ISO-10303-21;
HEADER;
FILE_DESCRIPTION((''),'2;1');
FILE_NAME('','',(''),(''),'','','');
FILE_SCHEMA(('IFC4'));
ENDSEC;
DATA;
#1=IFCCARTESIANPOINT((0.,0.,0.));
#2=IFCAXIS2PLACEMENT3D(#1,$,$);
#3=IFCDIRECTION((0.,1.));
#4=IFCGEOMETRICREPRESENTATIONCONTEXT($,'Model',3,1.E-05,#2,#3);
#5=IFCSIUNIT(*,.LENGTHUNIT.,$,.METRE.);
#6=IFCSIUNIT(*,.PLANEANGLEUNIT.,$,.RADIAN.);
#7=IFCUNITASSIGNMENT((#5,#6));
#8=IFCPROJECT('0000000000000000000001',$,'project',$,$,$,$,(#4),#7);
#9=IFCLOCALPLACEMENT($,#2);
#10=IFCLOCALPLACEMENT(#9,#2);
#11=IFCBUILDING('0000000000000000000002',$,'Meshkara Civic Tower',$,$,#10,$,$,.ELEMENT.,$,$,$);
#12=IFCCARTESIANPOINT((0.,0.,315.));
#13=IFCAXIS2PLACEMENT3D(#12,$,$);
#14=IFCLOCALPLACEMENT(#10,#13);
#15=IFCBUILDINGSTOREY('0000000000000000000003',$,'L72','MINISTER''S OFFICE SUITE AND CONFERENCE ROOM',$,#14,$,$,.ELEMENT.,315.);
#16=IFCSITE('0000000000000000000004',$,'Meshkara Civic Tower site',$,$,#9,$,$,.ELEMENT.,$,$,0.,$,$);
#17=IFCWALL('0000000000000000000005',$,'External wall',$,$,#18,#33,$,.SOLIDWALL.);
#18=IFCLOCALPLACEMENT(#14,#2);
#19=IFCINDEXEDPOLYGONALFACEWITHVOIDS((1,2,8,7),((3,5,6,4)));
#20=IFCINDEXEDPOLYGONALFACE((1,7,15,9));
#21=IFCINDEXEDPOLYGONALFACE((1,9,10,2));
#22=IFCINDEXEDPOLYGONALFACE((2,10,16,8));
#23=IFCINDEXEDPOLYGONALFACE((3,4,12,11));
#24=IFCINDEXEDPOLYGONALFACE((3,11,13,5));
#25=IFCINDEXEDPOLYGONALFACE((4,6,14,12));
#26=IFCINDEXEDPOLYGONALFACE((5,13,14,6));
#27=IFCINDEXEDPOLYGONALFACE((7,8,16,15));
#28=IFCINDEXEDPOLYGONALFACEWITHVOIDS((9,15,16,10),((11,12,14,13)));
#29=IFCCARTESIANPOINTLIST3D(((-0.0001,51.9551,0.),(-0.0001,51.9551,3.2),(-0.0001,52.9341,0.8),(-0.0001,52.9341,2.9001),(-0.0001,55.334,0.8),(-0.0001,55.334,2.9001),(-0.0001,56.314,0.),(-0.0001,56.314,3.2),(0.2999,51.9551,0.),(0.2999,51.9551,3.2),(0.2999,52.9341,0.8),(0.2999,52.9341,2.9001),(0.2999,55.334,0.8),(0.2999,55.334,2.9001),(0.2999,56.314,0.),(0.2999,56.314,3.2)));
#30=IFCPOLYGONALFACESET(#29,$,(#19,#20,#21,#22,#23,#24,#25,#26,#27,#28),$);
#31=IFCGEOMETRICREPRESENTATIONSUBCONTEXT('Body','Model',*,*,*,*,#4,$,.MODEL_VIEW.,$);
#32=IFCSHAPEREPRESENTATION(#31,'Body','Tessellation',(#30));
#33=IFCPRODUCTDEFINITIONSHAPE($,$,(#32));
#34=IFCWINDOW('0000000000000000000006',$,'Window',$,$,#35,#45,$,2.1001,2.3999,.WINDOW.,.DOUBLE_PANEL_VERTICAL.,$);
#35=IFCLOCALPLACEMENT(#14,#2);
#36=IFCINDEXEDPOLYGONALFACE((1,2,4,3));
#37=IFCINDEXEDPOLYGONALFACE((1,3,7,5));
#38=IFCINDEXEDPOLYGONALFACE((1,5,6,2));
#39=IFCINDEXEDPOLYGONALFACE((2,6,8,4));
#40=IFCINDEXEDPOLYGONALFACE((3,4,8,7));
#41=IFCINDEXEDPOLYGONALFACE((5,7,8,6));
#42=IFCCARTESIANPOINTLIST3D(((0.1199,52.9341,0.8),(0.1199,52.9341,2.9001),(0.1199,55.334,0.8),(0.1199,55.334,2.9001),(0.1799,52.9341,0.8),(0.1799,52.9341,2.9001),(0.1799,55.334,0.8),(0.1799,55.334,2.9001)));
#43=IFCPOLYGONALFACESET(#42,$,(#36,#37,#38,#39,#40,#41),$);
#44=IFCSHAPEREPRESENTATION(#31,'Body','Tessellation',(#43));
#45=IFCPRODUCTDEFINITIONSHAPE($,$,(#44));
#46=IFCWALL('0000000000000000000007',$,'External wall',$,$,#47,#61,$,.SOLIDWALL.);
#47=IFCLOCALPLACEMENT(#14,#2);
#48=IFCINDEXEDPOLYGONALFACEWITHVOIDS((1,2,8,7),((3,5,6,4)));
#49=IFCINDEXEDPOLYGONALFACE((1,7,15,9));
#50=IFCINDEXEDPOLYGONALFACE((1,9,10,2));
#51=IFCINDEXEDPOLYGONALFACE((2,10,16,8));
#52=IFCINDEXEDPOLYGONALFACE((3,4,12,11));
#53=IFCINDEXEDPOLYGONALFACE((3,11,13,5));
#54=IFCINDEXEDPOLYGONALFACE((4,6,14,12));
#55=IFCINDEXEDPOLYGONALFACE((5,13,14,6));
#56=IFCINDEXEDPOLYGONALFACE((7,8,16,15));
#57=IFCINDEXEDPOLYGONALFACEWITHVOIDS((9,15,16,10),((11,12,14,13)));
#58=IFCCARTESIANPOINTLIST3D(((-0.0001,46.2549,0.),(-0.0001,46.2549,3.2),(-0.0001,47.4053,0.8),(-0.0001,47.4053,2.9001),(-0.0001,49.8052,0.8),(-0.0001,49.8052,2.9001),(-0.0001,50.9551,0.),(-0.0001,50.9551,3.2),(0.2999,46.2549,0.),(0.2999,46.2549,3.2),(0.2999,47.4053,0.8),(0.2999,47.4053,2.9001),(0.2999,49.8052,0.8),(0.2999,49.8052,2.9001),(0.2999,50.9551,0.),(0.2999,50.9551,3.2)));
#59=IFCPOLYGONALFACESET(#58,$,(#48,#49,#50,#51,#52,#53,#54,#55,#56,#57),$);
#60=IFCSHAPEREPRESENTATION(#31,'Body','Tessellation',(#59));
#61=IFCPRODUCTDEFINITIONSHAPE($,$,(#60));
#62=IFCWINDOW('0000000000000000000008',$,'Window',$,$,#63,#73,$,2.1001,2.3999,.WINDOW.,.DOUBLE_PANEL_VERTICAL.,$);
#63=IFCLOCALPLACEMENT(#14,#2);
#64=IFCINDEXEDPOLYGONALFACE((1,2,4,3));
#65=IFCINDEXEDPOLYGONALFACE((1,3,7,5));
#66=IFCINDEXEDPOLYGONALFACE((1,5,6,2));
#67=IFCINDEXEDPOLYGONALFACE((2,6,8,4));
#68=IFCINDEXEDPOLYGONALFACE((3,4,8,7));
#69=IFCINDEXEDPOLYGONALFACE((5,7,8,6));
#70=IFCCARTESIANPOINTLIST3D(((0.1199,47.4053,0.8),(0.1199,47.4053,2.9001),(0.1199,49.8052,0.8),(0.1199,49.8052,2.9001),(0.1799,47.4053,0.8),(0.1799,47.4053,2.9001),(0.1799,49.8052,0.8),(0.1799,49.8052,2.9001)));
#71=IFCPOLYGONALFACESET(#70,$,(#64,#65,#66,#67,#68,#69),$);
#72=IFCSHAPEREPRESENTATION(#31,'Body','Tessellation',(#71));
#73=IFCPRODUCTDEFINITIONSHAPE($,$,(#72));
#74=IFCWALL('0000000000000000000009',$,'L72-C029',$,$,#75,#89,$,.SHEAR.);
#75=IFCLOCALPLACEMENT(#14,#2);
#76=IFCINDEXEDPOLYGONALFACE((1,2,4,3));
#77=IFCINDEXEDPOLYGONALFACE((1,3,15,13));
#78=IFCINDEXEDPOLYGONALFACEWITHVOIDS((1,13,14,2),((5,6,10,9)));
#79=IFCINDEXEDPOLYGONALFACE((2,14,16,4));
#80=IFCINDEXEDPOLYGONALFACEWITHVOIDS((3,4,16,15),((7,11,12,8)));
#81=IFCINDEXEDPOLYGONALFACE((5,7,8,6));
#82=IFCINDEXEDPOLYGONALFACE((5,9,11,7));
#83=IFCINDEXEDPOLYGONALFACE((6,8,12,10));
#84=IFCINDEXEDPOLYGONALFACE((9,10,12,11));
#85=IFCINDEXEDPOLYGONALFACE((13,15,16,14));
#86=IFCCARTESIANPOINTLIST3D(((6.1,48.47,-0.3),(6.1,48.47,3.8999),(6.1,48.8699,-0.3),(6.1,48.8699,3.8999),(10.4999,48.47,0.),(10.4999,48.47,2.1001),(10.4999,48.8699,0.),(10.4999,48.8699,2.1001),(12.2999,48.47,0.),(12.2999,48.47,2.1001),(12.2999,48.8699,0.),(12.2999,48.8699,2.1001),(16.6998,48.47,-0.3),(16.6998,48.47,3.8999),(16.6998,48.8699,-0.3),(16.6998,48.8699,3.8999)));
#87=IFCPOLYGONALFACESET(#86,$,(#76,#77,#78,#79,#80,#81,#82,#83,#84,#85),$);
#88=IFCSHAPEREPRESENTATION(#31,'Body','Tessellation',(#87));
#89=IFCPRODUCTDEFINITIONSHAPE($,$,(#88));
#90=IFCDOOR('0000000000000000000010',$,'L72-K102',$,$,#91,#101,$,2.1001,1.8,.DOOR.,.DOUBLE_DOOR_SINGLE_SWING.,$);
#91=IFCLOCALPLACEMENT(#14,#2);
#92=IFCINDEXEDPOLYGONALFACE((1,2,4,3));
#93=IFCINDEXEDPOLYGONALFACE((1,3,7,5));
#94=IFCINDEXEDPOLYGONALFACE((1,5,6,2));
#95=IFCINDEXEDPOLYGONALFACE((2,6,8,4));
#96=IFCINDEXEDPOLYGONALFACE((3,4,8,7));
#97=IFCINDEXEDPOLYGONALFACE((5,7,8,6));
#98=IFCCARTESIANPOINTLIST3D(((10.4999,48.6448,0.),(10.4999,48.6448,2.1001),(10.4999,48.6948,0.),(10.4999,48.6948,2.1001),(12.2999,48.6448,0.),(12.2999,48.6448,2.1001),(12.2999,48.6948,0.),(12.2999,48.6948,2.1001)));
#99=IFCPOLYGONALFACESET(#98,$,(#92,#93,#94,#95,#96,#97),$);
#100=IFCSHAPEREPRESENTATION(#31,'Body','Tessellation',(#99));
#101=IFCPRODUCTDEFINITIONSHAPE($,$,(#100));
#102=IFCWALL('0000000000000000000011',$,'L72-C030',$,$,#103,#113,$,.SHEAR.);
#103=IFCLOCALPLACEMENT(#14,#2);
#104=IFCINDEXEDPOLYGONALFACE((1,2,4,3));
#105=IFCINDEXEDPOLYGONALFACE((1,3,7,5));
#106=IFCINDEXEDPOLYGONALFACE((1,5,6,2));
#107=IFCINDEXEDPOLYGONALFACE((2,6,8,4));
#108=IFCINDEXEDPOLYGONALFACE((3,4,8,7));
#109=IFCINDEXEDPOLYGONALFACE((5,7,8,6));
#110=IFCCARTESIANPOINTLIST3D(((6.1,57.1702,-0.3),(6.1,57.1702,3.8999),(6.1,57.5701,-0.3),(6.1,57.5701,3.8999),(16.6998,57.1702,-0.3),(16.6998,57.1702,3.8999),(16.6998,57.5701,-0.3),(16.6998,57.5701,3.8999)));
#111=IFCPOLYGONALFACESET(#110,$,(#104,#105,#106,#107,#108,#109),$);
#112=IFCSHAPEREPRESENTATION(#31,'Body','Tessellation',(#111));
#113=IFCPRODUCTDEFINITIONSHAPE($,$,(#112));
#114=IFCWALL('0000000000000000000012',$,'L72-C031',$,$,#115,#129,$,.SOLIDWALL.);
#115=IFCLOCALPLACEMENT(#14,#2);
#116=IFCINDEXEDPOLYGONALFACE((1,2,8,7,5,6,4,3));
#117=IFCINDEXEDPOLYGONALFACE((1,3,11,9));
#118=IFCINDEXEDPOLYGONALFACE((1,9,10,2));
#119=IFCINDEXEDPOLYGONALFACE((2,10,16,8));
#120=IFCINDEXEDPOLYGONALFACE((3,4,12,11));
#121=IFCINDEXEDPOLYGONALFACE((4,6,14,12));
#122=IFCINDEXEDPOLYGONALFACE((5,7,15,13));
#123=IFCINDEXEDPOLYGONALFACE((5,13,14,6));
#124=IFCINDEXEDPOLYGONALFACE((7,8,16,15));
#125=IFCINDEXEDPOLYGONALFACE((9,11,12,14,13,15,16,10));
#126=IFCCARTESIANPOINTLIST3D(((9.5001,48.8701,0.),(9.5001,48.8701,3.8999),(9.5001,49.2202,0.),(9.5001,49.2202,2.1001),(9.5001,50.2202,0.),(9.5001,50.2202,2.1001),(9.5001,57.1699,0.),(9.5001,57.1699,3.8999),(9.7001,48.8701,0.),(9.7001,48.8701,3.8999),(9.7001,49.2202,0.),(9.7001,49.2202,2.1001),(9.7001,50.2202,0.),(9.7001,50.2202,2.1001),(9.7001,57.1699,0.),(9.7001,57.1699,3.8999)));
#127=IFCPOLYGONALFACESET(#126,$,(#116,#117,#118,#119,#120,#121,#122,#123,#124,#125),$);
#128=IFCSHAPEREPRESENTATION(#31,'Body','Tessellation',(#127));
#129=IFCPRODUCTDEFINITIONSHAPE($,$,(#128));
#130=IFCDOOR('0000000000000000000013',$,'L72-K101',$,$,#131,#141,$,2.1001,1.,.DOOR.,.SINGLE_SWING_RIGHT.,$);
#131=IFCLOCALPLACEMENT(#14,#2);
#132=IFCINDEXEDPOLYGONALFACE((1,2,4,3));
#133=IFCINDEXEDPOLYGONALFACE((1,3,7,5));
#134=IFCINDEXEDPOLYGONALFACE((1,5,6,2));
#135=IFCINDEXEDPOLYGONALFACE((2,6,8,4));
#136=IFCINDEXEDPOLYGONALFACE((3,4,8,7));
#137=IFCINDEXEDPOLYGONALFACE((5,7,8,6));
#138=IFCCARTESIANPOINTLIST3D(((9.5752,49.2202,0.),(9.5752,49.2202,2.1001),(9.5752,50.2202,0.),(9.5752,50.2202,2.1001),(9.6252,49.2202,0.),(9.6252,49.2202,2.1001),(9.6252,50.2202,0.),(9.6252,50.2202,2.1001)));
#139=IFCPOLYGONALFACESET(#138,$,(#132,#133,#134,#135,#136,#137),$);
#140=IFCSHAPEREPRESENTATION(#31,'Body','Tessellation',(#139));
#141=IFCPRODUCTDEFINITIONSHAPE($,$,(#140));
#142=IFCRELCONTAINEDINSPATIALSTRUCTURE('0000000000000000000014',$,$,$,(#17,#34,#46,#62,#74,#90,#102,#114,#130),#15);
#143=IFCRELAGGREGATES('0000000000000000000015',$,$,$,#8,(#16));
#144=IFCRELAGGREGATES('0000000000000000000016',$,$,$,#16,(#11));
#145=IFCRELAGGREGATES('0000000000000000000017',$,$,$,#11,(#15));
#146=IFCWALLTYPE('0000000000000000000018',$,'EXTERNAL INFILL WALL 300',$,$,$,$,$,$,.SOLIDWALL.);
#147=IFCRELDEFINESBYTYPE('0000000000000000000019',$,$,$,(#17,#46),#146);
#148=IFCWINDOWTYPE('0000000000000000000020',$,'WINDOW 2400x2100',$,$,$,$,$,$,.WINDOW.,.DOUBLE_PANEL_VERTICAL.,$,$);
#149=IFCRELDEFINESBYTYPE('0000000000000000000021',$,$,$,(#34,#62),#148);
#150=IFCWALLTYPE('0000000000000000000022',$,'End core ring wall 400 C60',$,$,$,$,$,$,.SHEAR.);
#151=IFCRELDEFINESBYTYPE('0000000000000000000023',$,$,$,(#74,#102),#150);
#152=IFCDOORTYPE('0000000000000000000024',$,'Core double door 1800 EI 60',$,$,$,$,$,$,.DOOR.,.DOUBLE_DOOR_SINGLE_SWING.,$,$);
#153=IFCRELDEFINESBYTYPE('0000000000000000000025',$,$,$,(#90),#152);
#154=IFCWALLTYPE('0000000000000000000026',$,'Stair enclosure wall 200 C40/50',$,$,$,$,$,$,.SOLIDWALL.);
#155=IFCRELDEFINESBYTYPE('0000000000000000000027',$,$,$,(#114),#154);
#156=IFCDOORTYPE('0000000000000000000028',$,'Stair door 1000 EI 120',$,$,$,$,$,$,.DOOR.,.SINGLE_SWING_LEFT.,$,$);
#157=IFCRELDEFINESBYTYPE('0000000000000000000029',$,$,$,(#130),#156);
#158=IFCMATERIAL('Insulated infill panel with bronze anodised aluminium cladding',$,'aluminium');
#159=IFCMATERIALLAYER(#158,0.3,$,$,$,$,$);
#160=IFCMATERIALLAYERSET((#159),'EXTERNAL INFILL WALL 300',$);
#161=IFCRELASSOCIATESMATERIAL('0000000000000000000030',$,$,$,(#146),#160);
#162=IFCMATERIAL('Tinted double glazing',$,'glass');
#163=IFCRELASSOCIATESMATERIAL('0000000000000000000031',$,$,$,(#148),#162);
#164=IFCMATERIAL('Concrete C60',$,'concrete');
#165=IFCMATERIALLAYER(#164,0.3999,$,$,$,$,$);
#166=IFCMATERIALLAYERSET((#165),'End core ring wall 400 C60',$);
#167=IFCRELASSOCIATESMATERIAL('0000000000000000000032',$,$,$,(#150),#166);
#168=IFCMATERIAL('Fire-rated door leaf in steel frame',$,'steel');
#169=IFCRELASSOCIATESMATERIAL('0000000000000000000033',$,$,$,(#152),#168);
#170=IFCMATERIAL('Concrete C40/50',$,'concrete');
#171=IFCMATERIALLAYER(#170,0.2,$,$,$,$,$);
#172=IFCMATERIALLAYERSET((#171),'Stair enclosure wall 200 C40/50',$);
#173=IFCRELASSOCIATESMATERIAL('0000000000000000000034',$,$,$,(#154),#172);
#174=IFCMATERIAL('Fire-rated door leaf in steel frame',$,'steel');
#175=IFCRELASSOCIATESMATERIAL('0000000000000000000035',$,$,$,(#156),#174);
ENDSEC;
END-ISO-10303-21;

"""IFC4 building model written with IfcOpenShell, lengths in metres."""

from ifc_helpers import new_model, si_unit, direction, frame, frame_2d, origin, place, context, subcontext, project, spatial, rectangle, extrude, material, layer, layer_set, type_object, element, fill, save


model = new_model("IFC4")

# Units and contexts
model_context = context("Model", 3, precision=1e-05, world=origin(), true_north=direction((0.0, 1.0)))
body_context = subcontext(model_context, "Body", "Model", "MODEL_VIEW")
ifc_project = project(units=[si_unit("LENGTHUNIT", "METRE"), si_unit("PLANEANGLEUNIT", "RADIAN")], contexts=[model_context])

# Site, building, storey
site_placement = place(None, origin())
site = spatial("IfcSite", under=ifc_project, at=site_placement, Name="Meshkara Civic Tower site", CompositionType="ELEMENT", RefElevation=0.0)
building_placement = place(site_placement, origin())
building = spatial("IfcBuilding", under=site, at=building_placement, Name="Meshkara Civic Tower", CompositionType="ELEMENT")
storey_placement = place(building_placement, frame((0.0, 0.0, 315.0)))
storey = spatial("IfcBuildingStorey", under=building, at=storey_placement, Name="L72", Description="MINISTER'S OFFICE SUITE AND CONFERENCE ROOM", CompositionType="ELEMENT", Elevation=315.0)

# Walls, openings, windows
ifc_material_1 = material(Name="Insulated infill panel with bronze anodised aluminium cladding", Category="aluminium")
ifc_layer_1 = layer(ifc_material_1, 0.3)
ifc_layer_set_1 = layer_set([ifc_layer_1], Name="EXTERNAL INFILL WALL 300")
wall_type_1 = type_object("IfcWallType", Name="EXTERNAL INFILL WALL 300", PredefinedType="SOLIDWALL", material=ifc_layer_set_1)
ifc_material_2 = material(Name="Tinted double glazing", Category="glass")
window_type = type_object("IfcWindowType", Name="WINDOW 2400x2100", PartitioningType="DOUBLE_PANEL_VERTICAL", PredefinedType="WINDOW", material=ifc_material_2)
wall_1_placement = place(storey_placement, frame((0.1499, 56.314, 0.0), z_axis=(0.0, 0.0, 1.0), x_axis=(0.0, -1.0, 0.0)))
wall_1 = element("IfcWall", 1, at=wall_1_placement, inside=storey, type_object=wall_type_1, Name="External wall", PredefinedType="SOLIDWALL", context=body_context, shape_type="SweptSolid", body=[
    extrude(rectangle(XDim=4.3589, YDim=0.3, at=frame_2d((2.1794, 0.0))), origin(), (0.0, 0.0, 1.0), 3.2),
])
opening_1_placement = place(wall_1_placement, frame((0.98, 0.0, 0.8)))
opening_1 = element("IfcOpeningElement", 2, at=opening_1_placement, cuts=wall_1, PredefinedType="OPENING", context=body_context, shape_type="SweptSolid", body=[
    extrude(rectangle(XDim=2.3999, YDim=2.1001, at=frame_2d((1.2, 1.05))), frame((0.0, 0.1599, 0.0), z_axis=(0.0, -1.0, 0.0), x_axis=(1.0, 0.0, 0.0)), (0.0, 0.0, 1.0), 0.3201),
])
window_1_placement = place(opening_1_placement, origin())
window_1 = element("IfcWindow", 3, at=window_1_placement, inside=storey, type_object=window_type, Name="Window", OverallHeight=2.1001, OverallWidth=2.3999, PartitioningType="DOUBLE_PANEL_VERTICAL", PredefinedType="WINDOW", context=body_context, shape_type="SweptSolid", body=[
    extrude(rectangle(XDim=2.3999, YDim=2.1001, at=frame_2d((1.2, 1.05))), frame((0.0, 0.03, 0.0), z_axis=(0.0, -1.0, 0.0), x_axis=(1.0, 0.0, 0.0)), (0.0, 0.0, 1.0), 0.0601),
])
fill(opening_1, window_1)
wall_2_placement = place(storey_placement, frame((0.1499, 50.9551, 0.0), z_axis=(0.0, 0.0, 1.0), x_axis=(0.0, -1.0, 0.0)))
wall_2 = element("IfcWall", 4, at=wall_2_placement, inside=storey, type_object=wall_type_1, Name="External wall", PredefinedType="SOLIDWALL", context=body_context, shape_type="SweptSolid", body=[
    extrude(rectangle(XDim=4.7002, YDim=0.3, at=frame_2d((2.3501, 0.0))), origin(), (0.0, 0.0, 1.0), 3.2),
])
opening_2_placement = place(wall_2_placement, frame((1.1499, 0.0, 0.8)))
opening_2 = element("IfcOpeningElement", 5, at=opening_2_placement, cuts=wall_2, PredefinedType="OPENING", context=body_context, shape_type="SweptSolid", body=[
    extrude(rectangle(XDim=2.3999, YDim=2.1001, at=frame_2d((1.2, 1.05))), frame((0.0, 0.1599, 0.0), z_axis=(0.0, -1.0, 0.0), x_axis=(1.0, 0.0, 0.0)), (0.0, 0.0, 1.0), 0.3201),
])
window_2_placement = place(opening_2_placement, origin())
window_2 = element("IfcWindow", 6, at=window_2_placement, inside=storey, type_object=window_type, Name="Window", OverallHeight=2.1001, OverallWidth=2.3999, PartitioningType="DOUBLE_PANEL_VERTICAL", PredefinedType="WINDOW", context=body_context, shape_type="SweptSolid", body=[
    extrude(rectangle(XDim=2.3999, YDim=2.1001, at=frame_2d((1.2, 1.05))), frame((0.0, 0.03, 0.0), z_axis=(0.0, -1.0, 0.0), x_axis=(1.0, 0.0, 0.0)), (0.0, 0.0, 1.0), 0.0601),
])
fill(opening_2, window_2)

# Wall, opening, door
ifc_material_3 = material(Name="Concrete C60", Category="concrete")
ifc_layer_2 = layer(ifc_material_3, 0.3999)
ifc_layer_set_2 = layer_set([ifc_layer_2], Name="End core ring wall 400 C60")
wall_type_2 = type_object("IfcWallType", Name="End core ring wall 400 C60", PredefinedType="SHEAR", material=ifc_layer_set_2)
wall_3_placement = place(storey_placement, frame((6.1001, 48.6699, -0.3), z_axis=(0.0, 0.0, 1.0), x_axis=(1.0, 0.0, 0.0)))
wall_3 = element("IfcWall", 7, at=wall_3_placement, inside=storey, type_object=wall_type_2, Name="L72-C029", PredefinedType="SHEAR", context=body_context, shape_type="SweptSolid", body=[
    extrude(rectangle(XDim=10.5999, YDim=0.3999, at=frame_2d((5.2998, 0.0))), origin(), (0.0, 0.0, 1.0), 4.2),
])
opening_3_placement = place(wall_3_placement, frame((4.3999, 0.0, 0.3)))
opening_3 = element("IfcOpeningElement", 8, at=opening_3_placement, cuts=wall_3, PredefinedType="OPENING", context=body_context, shape_type="SweptSolid", body=[
    extrude(rectangle(XDim=1.8, YDim=2.1001, at=frame_2d((0.8999, 1.05))), frame((0.0, 0.21, 0.0), z_axis=(0.0, -1.0, 0.0), x_axis=(1.0, 0.0, 0.0)), (0.0, 0.0, 1.0), 0.4199),
])
ifc_material_4 = material(Name="Fire-rated door leaf in steel frame", Category="steel")
door_type_1 = type_object("IfcDoorType", Name="Core double door 1800 EI 60", OperationType="DOUBLE_DOOR_SINGLE_SWING", PredefinedType="DOOR", material=ifc_material_4)
door_1_placement = place(opening_3_placement, origin())
door_1 = element("IfcDoor", 9, at=door_1_placement, inside=storey, type_object=door_type_1, Name="L72-K102", OperationType="DOUBLE_DOOR_SINGLE_SWING", OverallHeight=2.1001, OverallWidth=1.8, PredefinedType="DOOR", context=body_context, shape_type="SweptSolid", body=[
    extrude(rectangle(XDim=1.8, YDim=2.1001, at=frame_2d((0.8999, 1.05))), frame((0.0, 0.0249, 0.0), z_axis=(0.0, -1.0, 0.0), x_axis=(1.0, 0.0, 0.0)), (0.0, 0.0, 1.0), 0.05),
])
fill(opening_3, door_1)

# Wall
wall_4_placement = place(storey_placement, frame((6.1001, 57.3701, -0.3), z_axis=(0.0, 0.0, 1.0), x_axis=(1.0, 0.0, 0.0)))
element("IfcWall", 10, at=wall_4_placement, inside=storey, type_object=wall_type_2, Name="L72-C030", PredefinedType="SHEAR", context=body_context, shape_type="SweptSolid", body=[
    extrude(rectangle(XDim=10.5999, YDim=0.3999, at=frame_2d((5.2998, 0.0))), origin(), (0.0, 0.0, 1.0), 4.2),
])

# Wall, opening, door
ifc_material_5 = material(Name="Concrete C40/50", Category="concrete")
ifc_layer_3 = layer(ifc_material_5, 0.2)
ifc_layer_set_3 = layer_set([ifc_layer_3], Name="Stair enclosure wall 200 C40/50")
wall_type_3 = type_object("IfcWallType", Name="Stair enclosure wall 200 C40/50", PredefinedType="SOLIDWALL", material=ifc_layer_set_3)
wall_5_placement = place(storey_placement, frame((9.6001, 48.8701, 0.0), z_axis=(0.0, 0.0, 1.0), x_axis=(0.0, 1.0, 0.0)))
wall_5 = element("IfcWall", 11, at=wall_5_placement, inside=storey, type_object=wall_type_3, Name="L72-C031", PredefinedType="SOLIDWALL", context=body_context, shape_type="SweptSolid", body=[
    extrude(rectangle(XDim=8.2998, YDim=0.2, at=frame_2d((4.1499, 0.0))), origin(), (0.0, 0.0, 1.0), 3.8999),
])
opening_4_placement = place(wall_5_placement, frame((0.3501, 0.0, 0.0)))
opening_4 = element("IfcOpeningElement", 12, at=opening_4_placement, cuts=wall_5, PredefinedType="OPENING", context=body_context, shape_type="SweptSolid", body=[
    extrude(rectangle(XDim=1.0, YDim=2.1001, at=frame_2d((0.5, 1.05))), frame((0.0, 0.1099, 0.0), z_axis=(0.0, -1.0, 0.0), x_axis=(1.0, 0.0, 0.0)), (0.0, 0.0, 1.0), 0.22),
])
ifc_material_6 = material(Name="Fire-rated door leaf in steel frame", Category="steel")
door_type_2 = type_object("IfcDoorType", Name="Stair door 1000 EI 120", OperationType="SINGLE_SWING_LEFT", PredefinedType="DOOR", material=ifc_material_6)
door_2_placement = place(opening_4_placement, origin())
door_2 = element("IfcDoor", 13, at=door_2_placement, inside=storey, type_object=door_type_2, Name="L72-K101", OperationType="SINGLE_SWING_RIGHT", OverallHeight=2.1001, OverallWidth=1.0, PredefinedType="DOOR", context=body_context, shape_type="SweptSolid", body=[
    extrude(rectangle(XDim=1.0, YDim=2.1001, at=frame_2d((0.5, 1.05))), frame((0.0, 0.0249, 0.0), z_axis=(0.0, -1.0, 0.0), x_axis=(1.0, 0.0, 0.0)), (0.0, 0.0, 1.0), 0.05),
])
fill(opening_4, door_2)

save(model, "model.ifc")
